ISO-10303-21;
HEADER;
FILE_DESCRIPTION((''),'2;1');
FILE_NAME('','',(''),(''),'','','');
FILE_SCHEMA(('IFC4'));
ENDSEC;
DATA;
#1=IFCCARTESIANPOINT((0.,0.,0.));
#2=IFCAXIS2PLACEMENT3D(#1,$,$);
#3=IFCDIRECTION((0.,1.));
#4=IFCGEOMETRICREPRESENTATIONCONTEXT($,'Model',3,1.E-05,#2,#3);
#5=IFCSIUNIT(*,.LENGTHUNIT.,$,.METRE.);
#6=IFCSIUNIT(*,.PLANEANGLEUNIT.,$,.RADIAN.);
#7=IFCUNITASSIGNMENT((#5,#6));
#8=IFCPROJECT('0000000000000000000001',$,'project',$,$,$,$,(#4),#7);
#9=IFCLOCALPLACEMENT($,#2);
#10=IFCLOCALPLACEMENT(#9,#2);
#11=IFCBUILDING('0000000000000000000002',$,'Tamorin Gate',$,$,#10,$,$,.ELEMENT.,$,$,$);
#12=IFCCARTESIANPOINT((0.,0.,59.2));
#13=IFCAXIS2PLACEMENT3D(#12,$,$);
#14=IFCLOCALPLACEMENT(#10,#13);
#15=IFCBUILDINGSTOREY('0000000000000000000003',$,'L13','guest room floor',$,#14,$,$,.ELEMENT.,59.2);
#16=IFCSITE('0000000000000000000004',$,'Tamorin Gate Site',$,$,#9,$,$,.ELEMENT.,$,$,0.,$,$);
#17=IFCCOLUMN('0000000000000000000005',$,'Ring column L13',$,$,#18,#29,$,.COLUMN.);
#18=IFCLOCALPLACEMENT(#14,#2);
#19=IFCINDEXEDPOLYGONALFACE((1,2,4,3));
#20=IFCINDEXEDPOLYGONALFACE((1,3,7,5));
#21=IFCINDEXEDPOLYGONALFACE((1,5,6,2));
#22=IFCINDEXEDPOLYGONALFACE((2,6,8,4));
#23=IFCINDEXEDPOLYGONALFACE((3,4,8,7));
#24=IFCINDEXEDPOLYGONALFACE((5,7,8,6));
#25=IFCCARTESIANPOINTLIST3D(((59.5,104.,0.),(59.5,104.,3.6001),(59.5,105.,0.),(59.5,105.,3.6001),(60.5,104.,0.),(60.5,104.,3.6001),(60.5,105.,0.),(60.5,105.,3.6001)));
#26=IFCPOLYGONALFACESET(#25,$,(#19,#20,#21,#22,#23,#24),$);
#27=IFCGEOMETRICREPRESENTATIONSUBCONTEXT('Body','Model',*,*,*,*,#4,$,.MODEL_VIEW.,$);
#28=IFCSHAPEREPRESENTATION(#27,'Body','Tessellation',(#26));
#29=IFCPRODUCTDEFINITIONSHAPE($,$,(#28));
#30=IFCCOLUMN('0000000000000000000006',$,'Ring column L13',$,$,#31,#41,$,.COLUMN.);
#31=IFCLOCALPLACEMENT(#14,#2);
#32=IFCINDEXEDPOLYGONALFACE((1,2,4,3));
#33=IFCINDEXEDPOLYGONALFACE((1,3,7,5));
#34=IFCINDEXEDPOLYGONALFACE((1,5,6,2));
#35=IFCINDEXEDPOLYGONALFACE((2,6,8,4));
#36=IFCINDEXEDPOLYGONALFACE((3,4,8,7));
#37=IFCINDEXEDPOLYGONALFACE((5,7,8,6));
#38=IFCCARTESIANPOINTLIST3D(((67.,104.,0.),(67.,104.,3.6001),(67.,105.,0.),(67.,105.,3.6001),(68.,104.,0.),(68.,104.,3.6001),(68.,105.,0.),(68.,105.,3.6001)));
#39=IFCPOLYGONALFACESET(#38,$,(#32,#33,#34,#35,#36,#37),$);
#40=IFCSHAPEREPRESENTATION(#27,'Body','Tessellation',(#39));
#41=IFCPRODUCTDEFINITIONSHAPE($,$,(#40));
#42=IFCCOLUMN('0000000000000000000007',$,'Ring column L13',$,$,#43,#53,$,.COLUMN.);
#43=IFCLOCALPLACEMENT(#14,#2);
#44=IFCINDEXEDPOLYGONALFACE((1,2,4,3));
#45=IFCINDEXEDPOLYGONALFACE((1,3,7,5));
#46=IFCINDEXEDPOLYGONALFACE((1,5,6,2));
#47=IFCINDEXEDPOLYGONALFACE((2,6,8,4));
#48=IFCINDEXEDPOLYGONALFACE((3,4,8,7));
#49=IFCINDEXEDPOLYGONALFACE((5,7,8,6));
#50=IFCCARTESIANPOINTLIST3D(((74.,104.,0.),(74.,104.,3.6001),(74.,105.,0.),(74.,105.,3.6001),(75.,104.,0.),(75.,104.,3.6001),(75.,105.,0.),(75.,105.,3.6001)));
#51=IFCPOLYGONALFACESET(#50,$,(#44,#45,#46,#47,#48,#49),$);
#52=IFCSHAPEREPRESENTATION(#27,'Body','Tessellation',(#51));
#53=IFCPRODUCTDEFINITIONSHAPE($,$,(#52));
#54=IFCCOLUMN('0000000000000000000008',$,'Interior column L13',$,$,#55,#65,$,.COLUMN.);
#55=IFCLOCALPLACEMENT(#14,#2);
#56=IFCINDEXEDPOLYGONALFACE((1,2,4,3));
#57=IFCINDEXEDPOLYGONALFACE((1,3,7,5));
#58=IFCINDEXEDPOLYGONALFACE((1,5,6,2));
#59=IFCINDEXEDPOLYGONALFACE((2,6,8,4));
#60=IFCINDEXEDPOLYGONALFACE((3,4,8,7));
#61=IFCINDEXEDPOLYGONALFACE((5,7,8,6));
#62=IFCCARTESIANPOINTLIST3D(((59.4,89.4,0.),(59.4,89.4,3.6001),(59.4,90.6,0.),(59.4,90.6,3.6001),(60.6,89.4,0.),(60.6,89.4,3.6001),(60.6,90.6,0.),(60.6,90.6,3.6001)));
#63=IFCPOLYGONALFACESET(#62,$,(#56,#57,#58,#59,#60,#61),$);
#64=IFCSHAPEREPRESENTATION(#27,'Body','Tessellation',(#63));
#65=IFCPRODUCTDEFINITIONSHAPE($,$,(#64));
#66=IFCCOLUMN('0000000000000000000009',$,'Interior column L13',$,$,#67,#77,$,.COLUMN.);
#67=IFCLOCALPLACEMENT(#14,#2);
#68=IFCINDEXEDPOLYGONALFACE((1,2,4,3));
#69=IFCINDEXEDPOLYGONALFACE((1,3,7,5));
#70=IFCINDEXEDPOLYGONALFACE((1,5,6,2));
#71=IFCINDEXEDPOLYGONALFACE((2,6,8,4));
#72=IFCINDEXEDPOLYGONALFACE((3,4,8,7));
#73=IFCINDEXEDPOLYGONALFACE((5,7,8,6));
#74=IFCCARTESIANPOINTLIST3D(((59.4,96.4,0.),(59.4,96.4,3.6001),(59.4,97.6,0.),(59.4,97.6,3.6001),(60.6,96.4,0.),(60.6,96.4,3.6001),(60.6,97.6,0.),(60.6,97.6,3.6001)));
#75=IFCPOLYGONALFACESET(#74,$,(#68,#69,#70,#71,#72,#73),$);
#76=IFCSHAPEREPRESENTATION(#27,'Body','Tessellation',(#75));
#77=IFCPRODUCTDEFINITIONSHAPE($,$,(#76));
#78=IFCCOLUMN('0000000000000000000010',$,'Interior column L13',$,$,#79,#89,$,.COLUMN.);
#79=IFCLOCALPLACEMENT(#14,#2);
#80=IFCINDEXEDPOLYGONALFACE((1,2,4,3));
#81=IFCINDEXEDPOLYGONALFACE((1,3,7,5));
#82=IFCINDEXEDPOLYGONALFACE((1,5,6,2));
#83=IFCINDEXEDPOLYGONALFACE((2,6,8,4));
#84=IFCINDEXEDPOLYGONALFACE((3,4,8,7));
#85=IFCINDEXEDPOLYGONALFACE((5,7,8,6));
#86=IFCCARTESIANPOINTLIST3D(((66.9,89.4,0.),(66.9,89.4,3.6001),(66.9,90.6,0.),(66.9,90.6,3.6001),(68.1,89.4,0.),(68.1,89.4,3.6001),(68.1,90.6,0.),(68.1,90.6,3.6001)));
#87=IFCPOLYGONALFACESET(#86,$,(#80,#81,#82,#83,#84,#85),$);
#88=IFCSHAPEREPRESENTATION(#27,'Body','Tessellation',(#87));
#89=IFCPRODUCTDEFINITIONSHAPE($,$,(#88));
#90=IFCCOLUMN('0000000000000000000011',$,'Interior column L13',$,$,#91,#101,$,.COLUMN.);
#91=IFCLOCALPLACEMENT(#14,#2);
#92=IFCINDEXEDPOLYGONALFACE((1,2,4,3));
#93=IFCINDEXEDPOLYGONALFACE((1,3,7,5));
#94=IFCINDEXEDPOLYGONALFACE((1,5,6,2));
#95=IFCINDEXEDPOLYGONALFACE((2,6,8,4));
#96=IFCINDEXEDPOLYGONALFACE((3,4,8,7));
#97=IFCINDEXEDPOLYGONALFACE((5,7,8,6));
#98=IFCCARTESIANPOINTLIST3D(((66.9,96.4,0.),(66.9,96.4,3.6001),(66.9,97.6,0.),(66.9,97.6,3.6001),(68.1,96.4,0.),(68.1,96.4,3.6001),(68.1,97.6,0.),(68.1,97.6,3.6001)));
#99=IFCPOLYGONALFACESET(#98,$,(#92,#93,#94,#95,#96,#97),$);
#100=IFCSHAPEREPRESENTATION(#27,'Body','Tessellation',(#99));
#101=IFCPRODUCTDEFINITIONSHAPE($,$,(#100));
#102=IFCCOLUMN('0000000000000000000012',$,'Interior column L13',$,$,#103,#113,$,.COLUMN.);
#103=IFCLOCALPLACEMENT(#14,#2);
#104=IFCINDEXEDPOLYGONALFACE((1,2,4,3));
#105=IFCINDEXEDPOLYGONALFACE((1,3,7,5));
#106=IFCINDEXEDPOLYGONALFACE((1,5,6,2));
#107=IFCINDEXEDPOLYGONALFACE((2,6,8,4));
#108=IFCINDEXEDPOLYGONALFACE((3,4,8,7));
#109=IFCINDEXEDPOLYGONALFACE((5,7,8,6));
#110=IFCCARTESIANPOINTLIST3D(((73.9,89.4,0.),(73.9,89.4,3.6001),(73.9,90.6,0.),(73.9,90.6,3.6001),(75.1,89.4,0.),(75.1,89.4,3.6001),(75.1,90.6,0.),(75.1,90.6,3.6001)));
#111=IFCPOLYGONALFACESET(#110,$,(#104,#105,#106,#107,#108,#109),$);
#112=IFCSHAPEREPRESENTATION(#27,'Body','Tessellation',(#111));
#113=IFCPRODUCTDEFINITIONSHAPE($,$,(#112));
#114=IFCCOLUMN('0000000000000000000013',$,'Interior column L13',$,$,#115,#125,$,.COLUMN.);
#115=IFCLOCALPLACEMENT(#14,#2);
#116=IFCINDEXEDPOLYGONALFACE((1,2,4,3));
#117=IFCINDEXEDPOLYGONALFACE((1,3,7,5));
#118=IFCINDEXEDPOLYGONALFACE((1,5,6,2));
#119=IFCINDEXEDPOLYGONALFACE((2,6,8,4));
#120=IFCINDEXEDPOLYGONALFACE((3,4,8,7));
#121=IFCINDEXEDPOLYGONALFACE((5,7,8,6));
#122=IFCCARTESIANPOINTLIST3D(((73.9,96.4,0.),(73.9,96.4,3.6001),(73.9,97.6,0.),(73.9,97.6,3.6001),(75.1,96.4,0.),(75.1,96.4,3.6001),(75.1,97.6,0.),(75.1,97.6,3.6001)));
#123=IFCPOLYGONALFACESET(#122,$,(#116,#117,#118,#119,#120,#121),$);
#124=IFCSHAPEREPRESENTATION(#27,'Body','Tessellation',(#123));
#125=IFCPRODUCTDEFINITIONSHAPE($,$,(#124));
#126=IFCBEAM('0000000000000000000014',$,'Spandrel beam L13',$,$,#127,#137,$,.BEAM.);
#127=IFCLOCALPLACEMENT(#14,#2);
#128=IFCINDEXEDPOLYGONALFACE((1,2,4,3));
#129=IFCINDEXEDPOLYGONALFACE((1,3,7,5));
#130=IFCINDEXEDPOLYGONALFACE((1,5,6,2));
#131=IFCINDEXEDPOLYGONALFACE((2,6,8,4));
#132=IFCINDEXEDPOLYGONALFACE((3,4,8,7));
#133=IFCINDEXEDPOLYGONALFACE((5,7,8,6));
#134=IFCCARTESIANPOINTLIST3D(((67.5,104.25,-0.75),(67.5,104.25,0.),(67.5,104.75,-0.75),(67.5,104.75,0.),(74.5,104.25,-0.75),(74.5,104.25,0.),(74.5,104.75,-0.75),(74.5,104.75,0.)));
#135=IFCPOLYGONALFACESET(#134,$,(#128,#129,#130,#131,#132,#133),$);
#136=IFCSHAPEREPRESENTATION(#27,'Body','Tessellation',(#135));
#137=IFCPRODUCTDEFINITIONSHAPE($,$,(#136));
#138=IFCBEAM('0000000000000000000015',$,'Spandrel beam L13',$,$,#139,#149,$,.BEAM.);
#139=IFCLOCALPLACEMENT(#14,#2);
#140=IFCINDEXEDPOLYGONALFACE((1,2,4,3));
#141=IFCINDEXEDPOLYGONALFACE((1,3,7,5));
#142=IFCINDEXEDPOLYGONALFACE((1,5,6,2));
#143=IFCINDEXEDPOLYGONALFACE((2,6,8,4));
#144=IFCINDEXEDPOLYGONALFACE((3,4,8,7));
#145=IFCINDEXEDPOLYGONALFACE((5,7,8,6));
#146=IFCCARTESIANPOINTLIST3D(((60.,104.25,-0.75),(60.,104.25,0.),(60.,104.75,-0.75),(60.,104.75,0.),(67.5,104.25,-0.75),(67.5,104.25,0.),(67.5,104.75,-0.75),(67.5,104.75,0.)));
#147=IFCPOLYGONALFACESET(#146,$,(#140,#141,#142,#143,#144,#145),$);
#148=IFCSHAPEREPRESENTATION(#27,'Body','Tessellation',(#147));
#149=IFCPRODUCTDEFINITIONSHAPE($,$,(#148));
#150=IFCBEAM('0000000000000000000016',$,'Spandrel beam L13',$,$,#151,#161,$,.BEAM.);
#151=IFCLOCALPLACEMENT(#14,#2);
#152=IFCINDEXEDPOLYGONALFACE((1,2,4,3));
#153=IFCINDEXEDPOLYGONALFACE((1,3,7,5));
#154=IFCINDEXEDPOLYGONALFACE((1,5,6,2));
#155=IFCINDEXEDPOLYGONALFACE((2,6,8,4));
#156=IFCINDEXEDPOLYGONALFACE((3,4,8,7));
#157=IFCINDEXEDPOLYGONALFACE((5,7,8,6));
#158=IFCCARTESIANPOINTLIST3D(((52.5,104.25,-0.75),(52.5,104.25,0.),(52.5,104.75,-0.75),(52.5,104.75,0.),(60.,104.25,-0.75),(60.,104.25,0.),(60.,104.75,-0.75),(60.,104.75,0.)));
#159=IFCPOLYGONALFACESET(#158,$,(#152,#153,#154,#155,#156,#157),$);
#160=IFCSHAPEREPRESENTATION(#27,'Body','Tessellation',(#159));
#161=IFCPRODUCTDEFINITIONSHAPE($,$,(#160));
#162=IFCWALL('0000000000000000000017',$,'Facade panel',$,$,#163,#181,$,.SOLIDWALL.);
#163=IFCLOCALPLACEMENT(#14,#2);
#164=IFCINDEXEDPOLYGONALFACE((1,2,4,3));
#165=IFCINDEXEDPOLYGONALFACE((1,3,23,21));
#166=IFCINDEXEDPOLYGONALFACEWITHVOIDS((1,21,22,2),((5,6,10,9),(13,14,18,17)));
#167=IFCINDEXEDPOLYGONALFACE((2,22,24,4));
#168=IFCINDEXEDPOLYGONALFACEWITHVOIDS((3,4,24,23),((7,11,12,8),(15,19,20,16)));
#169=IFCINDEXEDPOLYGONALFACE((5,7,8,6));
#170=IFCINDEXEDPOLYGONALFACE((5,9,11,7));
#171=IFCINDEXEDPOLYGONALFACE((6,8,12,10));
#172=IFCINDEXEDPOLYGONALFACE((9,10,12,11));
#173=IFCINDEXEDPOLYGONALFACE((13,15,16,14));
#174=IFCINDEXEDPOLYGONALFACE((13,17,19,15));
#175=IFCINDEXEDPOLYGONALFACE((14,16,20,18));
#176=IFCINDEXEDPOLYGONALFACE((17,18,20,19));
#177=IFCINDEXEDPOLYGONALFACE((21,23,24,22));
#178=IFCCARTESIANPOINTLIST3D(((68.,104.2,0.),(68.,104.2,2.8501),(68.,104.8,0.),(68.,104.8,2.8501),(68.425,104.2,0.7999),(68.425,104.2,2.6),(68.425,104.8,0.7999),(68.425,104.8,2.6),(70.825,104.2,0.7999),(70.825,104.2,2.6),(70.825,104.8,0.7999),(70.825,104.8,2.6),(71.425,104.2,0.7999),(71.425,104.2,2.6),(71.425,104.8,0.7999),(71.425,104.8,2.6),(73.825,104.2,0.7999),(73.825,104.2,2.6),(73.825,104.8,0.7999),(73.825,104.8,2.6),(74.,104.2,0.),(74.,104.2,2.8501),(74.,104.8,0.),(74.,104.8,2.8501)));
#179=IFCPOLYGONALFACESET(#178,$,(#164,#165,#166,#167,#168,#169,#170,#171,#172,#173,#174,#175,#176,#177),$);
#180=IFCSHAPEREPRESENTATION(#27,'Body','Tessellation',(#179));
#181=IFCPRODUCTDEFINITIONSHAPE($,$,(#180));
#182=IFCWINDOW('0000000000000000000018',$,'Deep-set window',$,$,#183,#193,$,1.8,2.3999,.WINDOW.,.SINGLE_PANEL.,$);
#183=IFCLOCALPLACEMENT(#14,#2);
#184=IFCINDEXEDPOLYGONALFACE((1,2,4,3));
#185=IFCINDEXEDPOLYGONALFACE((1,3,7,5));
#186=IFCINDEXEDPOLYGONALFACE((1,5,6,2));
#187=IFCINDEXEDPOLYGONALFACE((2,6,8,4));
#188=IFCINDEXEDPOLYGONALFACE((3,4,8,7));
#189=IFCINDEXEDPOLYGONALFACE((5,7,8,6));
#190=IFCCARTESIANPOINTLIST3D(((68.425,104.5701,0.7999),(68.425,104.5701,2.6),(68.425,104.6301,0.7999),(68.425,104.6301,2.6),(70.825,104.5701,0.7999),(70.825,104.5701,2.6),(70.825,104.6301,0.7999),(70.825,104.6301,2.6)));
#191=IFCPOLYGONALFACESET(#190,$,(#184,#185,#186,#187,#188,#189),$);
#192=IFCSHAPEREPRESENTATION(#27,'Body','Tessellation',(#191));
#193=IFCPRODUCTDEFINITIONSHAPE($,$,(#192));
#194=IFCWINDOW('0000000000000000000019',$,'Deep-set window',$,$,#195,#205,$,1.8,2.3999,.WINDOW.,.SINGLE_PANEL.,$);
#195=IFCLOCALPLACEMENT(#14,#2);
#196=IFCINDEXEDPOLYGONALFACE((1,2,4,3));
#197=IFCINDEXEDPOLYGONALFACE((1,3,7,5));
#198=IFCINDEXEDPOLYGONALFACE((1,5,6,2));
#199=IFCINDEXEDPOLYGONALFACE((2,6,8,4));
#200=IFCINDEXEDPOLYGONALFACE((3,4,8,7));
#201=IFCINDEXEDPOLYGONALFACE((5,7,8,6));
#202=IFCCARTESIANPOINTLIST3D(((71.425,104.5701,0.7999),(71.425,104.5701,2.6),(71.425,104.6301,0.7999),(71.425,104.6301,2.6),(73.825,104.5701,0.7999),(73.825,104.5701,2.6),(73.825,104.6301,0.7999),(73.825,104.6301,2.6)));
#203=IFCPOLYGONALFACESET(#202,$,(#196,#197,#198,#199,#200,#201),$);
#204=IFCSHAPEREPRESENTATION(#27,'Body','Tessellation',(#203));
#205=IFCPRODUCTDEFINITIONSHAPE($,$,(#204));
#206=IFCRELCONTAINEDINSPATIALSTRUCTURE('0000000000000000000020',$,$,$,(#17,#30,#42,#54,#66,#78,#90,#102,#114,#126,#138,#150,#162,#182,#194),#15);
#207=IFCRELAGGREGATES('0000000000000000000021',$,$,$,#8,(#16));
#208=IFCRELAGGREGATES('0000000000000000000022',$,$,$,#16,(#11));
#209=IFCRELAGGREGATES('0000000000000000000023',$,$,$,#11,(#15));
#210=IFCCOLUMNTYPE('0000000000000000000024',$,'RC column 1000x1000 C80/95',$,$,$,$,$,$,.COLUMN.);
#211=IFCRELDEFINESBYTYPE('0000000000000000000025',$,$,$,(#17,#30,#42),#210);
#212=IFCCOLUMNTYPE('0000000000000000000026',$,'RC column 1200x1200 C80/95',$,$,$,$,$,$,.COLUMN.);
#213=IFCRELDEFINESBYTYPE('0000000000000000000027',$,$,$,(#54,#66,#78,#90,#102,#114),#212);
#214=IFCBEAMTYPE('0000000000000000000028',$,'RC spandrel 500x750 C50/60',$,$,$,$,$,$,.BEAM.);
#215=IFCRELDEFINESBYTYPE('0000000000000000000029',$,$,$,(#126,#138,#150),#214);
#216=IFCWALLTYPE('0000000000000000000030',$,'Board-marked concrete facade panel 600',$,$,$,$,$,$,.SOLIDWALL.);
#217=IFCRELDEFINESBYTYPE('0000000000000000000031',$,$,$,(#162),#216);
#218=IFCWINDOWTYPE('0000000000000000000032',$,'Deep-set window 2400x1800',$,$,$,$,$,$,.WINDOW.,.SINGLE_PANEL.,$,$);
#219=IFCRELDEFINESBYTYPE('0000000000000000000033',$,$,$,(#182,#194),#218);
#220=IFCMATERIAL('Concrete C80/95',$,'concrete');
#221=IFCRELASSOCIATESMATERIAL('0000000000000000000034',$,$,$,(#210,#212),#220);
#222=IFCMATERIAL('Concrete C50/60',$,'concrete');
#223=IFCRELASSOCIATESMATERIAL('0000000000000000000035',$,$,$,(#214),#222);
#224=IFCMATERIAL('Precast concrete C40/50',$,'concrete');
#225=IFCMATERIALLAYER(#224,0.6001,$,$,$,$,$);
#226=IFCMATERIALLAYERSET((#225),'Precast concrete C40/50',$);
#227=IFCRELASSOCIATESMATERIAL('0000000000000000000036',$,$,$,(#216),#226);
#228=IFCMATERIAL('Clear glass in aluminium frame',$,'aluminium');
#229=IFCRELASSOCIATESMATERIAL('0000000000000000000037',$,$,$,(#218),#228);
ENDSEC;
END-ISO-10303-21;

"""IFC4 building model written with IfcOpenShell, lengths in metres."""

from ifc_helpers import new_model, si_unit, direction, frame, frame_2d, origin, origin_2d, place, context, subcontext, project, spatial, rectangle, extrude, material, layer, layer_set, material_profile, profile_set, type_object, element, fill, save


model = new_model("IFC4")

# Units and contexts
model_context = context("Model", 3, precision=1e-05, world=origin(), true_north=direction((0.0, 1.0)))
body_context = subcontext(model_context, "Body", "Model", "MODEL_VIEW")
ifc_project = project(units=[si_unit("LENGTHUNIT", "METRE"), si_unit("PLANEANGLEUNIT", "RADIAN")], contexts=[model_context])

# Site, building, storey
site_placement = place(None, origin())
site = spatial("IfcSite", under=ifc_project, at=site_placement, Name="Tamorin Gate Site", CompositionType="ELEMENT", RefElevation=0.0)
building_placement = place(site_placement, origin())
building = spatial("IfcBuilding", under=site, at=building_placement, Name="Tamorin Gate", CompositionType="ELEMENT")
storey_placement = place(building_placement, frame((0.0, 0.0, 59.2)))
storey = spatial("IfcBuildingStorey", under=building, at=storey_placement, Name="L13", Description="guest room floor", CompositionType="ELEMENT", Elevation=59.2)

# Columns
ifc_material_1 = material(Name="Concrete C80/95", Category="concrete")
ifc_material_profile_1 = material_profile(ifc_material_1, rectangle(XDim=1.0, YDim=1.0, at=origin_2d()), Name="RC 1000x1000")
ifc_profile_set_1 = profile_set([ifc_material_profile_1], Name="Concrete C80/95")
column_type_1 = type_object("IfcColumnType", Name="RC column 1000x1000 C80/95", PredefinedType="COLUMN", material=ifc_profile_set_1)
for number, where, z_axis, x_axis, name in (
    (1, (60.0, 104.5, 0.0), (0.0, 0.0, 1.0), (1.0, 0.0, 0.0), "Ring column L13"),
    (2, (67.5, 104.5, 0.0), (0.0, 0.0, 1.0), (1.0, 0.0, 0.0), "Ring column L13"),
    (3, (74.5, 104.5, 0.0), (0.0, 0.0, 1.0), (1.0, 0.0, 0.0), "Ring column L13"),
):
    element("IfcColumn", number, at=place(storey_placement, frame(where, z_axis=z_axis, x_axis=x_axis)), inside=storey, type_object=column_type_1, Name=name, PredefinedType="COLUMN", context=body_context, shape_type="SweptSolid", body=[
        extrude(rectangle(XDim=1.0, YDim=1.0, at=origin_2d()), origin(), (0.0, 0.0, 1.0), 3.6001),
    ])
ifc_material_profile_2 = material_profile(ifc_material_1, rectangle(XDim=1.2, YDim=1.2, at=origin_2d()), Name="RC 1200x1200")
ifc_profile_set_2 = profile_set([ifc_material_profile_2], Name="Concrete C80/95")
column_type_2 = type_object("IfcColumnType", Name="RC column 1200x1200 C80/95", PredefinedType="COLUMN", material=ifc_profile_set_2)
for number, where, z_axis, x_axis, name in (
    (4, (60.0, 90.0, 0.0), (0.0, 0.0, 1.0), (1.0, 0.0, 0.0), "Interior column L13"),
    (5, (60.0, 97.0, 0.0), (0.0, 0.0, 1.0), (1.0, 0.0, 0.0), "Interior column L13"),
    (6, (67.5, 90.0, 0.0), (0.0, 0.0, 1.0), (1.0, 0.0, 0.0), "Interior column L13"),
    (7, (67.5, 97.0, 0.0), (0.0, 0.0, 1.0), (1.0, 0.0, 0.0), "Interior column L13"),
    (8, (74.5, 90.0, 0.0), (0.0, 0.0, 1.0), (1.0, 0.0, 0.0), "Interior column L13"),
    (9, (74.5, 97.0, 0.0), (0.0, 0.0, 1.0), (1.0, 0.0, 0.0), "Interior column L13"),
):
    element("IfcColumn", number, at=place(storey_placement, frame(where, z_axis=z_axis, x_axis=x_axis)), inside=storey, type_object=column_type_2, Name=name, PredefinedType="COLUMN", context=body_context, shape_type="SweptSolid", body=[
        extrude(rectangle(XDim=1.2, YDim=1.2, at=origin_2d()), origin(), (0.0, 0.0, 1.0), 3.6001),
    ])

# Beams
ifc_material_2 = material(Name="Concrete C50/60", Category="concrete")
ifc_material_profile_3 = material_profile(ifc_material_2, rectangle(XDim=0.5, YDim=0.75, at=origin_2d()), Name="RC 500x750")
ifc_profile_set_3 = profile_set([ifc_material_profile_3], Name="Concrete C50/60")
beam_type = type_object("IfcBeamType", Name="RC spandrel 500x750 C50/60", PredefinedType="BEAM", material=ifc_profile_set_3)
beam_placement = place(storey_placement, frame((74.5, 104.5, -0.375), z_axis=(-1.0, 0.0, 0.0), x_axis=(0.0, -1.0, 0.0)))
element("IfcBeam", 10, at=beam_placement, inside=storey, type_object=beam_type, Name="Spandrel beam L13", PredefinedType="BEAM", context=body_context, shape_type="SweptSolid", body=[
    extrude(rectangle(XDim=0.5, YDim=0.75, at=origin_2d()), origin(), (0.0, 0.0, 1.0), 7.0),
])
for number, where, z_axis, x_axis, name in (
    (11, (67.5, 104.5, -0.375), (-1.0, 0.0, 0.0), (0.0, -1.0, 0.0), "Spandrel beam L13"),
    (12, (60.0, 104.5, -0.375), (-1.0, 0.0, 0.0), (0.0, -1.0, 0.0), "Spandrel beam L13"),
):
    element("IfcBeam", number, at=place(storey_placement, frame(where, z_axis=z_axis, x_axis=x_axis)), inside=storey, type_object=beam_type, Name=name, PredefinedType="BEAM", context=body_context, shape_type="SweptSolid", body=[
        extrude(rectangle(XDim=0.5, YDim=0.75, at=origin_2d()), origin(), (0.0, 0.0, 1.0), 7.5),
    ])

# Wall, openings, windows
ifc_material_3 = material(Name="Precast concrete C40/50", Category="concrete")
ifc_layer_1 = layer(ifc_material_3, 0.6001)
ifc_layer_set_1 = layer_set([ifc_layer_1], Name="Precast concrete C40/50")
wall_type_1 = type_object("IfcWallType", Name="Board-marked concrete facade panel 600", PredefinedType="SOLIDWALL", material=ifc_layer_set_1)
wall_1_placement = place(storey_placement, frame((74.0, 104.5, 0.0), z_axis=(0.0, 0.0, 1.0), x_axis=(-1.0, 0.0, 0.0)))
wall_1 = element("IfcWall", 13, at=wall_1_placement, inside=storey, type_object=wall_type_1, Name="Facade panel", PredefinedType="SOLIDWALL", context=body_context, shape_type="SweptSolid", body=[
    extrude(rectangle(XDim=6.0, YDim=0.6001, at=frame_2d((3.0, 0.0))), origin(), (0.0, 0.0, 1.0), 2.8501),
])
opening_1_placement = place(wall_1_placement, frame((3.175, 0.0, 0.8)))
opening_1 = element("IfcOpeningElement", 14, at=opening_1_placement, cuts=wall_1, PredefinedType="OPENING", context=body_context, shape_type="SweptSolid", body=[
    extrude(rectangle(XDim=2.3999, YDim=1.8, at=frame_2d((1.2, 0.8999))), frame((0.0, 0.3101, 0.0), z_axis=(0.0, -1.0, 0.0), x_axis=(1.0, 0.0, 0.0)), (0.0, 0.0, 1.0), 0.6201),
])
opening_2_placement = place(wall_1_placement, frame((0.175, 0.0, 0.8)))
opening_2 = element("IfcOpeningElement", 15, at=opening_2_placement, cuts=wall_1, PredefinedType="OPENING", context=body_context, shape_type="SweptSolid", body=[
    extrude(rectangle(XDim=2.3999, YDim=1.8, at=frame_2d((1.2, 0.8999))), frame((0.0, 0.3101, 0.0), z_axis=(0.0, -1.0, 0.0), x_axis=(1.0, 0.0, 0.0)), (0.0, 0.0, 1.0), 0.6201),
])
ifc_material_4 = material(Name="Clear glass in aluminium frame", Category="aluminium")
window_type = type_object("IfcWindowType", Name="Deep-set window 2400x1800", PartitioningType="SINGLE_PANEL", PredefinedType="WINDOW", material=ifc_material_4)
window_1_placement = place(opening_1_placement, origin())
window_1 = element("IfcWindow", 16, at=window_1_placement, inside=storey, type_object=window_type, Name="Deep-set window", OverallHeight=1.8, OverallWidth=2.3999, PartitioningType="SINGLE_PANEL", PredefinedType="WINDOW", context=body_context, shape_type="SweptSolid", body=[
    extrude(rectangle(XDim=2.3999, YDim=1.8, at=frame_2d((1.2, 0.8999))), frame((0.0, -0.0701, 0.0), z_axis=(0.0, -1.0, 0.0), x_axis=(1.0, 0.0, 0.0)), (0.0, 0.0, 1.0), 0.0601),
])
fill(opening_1, window_1)
window_2_placement = place(opening_2_placement, origin())
window_2 = element("IfcWindow", 17, at=window_2_placement, inside=storey, type_object=window_type, Name="Deep-set window", OverallHeight=1.8, OverallWidth=2.3999, PartitioningType="SINGLE_PANEL", PredefinedType="WINDOW", context=body_context, shape_type="SweptSolid", body=[
    extrude(rectangle(XDim=2.3999, YDim=1.8, at=frame_2d((1.2, 0.8999))), frame((0.0, -0.0701, 0.0), z_axis=(0.0, -1.0, 0.0), x_axis=(1.0, 0.0, 0.0)), (0.0, 0.0, 1.0), 0.0601),
])
fill(opening_2, window_2)

save(model, "model.ifc")
